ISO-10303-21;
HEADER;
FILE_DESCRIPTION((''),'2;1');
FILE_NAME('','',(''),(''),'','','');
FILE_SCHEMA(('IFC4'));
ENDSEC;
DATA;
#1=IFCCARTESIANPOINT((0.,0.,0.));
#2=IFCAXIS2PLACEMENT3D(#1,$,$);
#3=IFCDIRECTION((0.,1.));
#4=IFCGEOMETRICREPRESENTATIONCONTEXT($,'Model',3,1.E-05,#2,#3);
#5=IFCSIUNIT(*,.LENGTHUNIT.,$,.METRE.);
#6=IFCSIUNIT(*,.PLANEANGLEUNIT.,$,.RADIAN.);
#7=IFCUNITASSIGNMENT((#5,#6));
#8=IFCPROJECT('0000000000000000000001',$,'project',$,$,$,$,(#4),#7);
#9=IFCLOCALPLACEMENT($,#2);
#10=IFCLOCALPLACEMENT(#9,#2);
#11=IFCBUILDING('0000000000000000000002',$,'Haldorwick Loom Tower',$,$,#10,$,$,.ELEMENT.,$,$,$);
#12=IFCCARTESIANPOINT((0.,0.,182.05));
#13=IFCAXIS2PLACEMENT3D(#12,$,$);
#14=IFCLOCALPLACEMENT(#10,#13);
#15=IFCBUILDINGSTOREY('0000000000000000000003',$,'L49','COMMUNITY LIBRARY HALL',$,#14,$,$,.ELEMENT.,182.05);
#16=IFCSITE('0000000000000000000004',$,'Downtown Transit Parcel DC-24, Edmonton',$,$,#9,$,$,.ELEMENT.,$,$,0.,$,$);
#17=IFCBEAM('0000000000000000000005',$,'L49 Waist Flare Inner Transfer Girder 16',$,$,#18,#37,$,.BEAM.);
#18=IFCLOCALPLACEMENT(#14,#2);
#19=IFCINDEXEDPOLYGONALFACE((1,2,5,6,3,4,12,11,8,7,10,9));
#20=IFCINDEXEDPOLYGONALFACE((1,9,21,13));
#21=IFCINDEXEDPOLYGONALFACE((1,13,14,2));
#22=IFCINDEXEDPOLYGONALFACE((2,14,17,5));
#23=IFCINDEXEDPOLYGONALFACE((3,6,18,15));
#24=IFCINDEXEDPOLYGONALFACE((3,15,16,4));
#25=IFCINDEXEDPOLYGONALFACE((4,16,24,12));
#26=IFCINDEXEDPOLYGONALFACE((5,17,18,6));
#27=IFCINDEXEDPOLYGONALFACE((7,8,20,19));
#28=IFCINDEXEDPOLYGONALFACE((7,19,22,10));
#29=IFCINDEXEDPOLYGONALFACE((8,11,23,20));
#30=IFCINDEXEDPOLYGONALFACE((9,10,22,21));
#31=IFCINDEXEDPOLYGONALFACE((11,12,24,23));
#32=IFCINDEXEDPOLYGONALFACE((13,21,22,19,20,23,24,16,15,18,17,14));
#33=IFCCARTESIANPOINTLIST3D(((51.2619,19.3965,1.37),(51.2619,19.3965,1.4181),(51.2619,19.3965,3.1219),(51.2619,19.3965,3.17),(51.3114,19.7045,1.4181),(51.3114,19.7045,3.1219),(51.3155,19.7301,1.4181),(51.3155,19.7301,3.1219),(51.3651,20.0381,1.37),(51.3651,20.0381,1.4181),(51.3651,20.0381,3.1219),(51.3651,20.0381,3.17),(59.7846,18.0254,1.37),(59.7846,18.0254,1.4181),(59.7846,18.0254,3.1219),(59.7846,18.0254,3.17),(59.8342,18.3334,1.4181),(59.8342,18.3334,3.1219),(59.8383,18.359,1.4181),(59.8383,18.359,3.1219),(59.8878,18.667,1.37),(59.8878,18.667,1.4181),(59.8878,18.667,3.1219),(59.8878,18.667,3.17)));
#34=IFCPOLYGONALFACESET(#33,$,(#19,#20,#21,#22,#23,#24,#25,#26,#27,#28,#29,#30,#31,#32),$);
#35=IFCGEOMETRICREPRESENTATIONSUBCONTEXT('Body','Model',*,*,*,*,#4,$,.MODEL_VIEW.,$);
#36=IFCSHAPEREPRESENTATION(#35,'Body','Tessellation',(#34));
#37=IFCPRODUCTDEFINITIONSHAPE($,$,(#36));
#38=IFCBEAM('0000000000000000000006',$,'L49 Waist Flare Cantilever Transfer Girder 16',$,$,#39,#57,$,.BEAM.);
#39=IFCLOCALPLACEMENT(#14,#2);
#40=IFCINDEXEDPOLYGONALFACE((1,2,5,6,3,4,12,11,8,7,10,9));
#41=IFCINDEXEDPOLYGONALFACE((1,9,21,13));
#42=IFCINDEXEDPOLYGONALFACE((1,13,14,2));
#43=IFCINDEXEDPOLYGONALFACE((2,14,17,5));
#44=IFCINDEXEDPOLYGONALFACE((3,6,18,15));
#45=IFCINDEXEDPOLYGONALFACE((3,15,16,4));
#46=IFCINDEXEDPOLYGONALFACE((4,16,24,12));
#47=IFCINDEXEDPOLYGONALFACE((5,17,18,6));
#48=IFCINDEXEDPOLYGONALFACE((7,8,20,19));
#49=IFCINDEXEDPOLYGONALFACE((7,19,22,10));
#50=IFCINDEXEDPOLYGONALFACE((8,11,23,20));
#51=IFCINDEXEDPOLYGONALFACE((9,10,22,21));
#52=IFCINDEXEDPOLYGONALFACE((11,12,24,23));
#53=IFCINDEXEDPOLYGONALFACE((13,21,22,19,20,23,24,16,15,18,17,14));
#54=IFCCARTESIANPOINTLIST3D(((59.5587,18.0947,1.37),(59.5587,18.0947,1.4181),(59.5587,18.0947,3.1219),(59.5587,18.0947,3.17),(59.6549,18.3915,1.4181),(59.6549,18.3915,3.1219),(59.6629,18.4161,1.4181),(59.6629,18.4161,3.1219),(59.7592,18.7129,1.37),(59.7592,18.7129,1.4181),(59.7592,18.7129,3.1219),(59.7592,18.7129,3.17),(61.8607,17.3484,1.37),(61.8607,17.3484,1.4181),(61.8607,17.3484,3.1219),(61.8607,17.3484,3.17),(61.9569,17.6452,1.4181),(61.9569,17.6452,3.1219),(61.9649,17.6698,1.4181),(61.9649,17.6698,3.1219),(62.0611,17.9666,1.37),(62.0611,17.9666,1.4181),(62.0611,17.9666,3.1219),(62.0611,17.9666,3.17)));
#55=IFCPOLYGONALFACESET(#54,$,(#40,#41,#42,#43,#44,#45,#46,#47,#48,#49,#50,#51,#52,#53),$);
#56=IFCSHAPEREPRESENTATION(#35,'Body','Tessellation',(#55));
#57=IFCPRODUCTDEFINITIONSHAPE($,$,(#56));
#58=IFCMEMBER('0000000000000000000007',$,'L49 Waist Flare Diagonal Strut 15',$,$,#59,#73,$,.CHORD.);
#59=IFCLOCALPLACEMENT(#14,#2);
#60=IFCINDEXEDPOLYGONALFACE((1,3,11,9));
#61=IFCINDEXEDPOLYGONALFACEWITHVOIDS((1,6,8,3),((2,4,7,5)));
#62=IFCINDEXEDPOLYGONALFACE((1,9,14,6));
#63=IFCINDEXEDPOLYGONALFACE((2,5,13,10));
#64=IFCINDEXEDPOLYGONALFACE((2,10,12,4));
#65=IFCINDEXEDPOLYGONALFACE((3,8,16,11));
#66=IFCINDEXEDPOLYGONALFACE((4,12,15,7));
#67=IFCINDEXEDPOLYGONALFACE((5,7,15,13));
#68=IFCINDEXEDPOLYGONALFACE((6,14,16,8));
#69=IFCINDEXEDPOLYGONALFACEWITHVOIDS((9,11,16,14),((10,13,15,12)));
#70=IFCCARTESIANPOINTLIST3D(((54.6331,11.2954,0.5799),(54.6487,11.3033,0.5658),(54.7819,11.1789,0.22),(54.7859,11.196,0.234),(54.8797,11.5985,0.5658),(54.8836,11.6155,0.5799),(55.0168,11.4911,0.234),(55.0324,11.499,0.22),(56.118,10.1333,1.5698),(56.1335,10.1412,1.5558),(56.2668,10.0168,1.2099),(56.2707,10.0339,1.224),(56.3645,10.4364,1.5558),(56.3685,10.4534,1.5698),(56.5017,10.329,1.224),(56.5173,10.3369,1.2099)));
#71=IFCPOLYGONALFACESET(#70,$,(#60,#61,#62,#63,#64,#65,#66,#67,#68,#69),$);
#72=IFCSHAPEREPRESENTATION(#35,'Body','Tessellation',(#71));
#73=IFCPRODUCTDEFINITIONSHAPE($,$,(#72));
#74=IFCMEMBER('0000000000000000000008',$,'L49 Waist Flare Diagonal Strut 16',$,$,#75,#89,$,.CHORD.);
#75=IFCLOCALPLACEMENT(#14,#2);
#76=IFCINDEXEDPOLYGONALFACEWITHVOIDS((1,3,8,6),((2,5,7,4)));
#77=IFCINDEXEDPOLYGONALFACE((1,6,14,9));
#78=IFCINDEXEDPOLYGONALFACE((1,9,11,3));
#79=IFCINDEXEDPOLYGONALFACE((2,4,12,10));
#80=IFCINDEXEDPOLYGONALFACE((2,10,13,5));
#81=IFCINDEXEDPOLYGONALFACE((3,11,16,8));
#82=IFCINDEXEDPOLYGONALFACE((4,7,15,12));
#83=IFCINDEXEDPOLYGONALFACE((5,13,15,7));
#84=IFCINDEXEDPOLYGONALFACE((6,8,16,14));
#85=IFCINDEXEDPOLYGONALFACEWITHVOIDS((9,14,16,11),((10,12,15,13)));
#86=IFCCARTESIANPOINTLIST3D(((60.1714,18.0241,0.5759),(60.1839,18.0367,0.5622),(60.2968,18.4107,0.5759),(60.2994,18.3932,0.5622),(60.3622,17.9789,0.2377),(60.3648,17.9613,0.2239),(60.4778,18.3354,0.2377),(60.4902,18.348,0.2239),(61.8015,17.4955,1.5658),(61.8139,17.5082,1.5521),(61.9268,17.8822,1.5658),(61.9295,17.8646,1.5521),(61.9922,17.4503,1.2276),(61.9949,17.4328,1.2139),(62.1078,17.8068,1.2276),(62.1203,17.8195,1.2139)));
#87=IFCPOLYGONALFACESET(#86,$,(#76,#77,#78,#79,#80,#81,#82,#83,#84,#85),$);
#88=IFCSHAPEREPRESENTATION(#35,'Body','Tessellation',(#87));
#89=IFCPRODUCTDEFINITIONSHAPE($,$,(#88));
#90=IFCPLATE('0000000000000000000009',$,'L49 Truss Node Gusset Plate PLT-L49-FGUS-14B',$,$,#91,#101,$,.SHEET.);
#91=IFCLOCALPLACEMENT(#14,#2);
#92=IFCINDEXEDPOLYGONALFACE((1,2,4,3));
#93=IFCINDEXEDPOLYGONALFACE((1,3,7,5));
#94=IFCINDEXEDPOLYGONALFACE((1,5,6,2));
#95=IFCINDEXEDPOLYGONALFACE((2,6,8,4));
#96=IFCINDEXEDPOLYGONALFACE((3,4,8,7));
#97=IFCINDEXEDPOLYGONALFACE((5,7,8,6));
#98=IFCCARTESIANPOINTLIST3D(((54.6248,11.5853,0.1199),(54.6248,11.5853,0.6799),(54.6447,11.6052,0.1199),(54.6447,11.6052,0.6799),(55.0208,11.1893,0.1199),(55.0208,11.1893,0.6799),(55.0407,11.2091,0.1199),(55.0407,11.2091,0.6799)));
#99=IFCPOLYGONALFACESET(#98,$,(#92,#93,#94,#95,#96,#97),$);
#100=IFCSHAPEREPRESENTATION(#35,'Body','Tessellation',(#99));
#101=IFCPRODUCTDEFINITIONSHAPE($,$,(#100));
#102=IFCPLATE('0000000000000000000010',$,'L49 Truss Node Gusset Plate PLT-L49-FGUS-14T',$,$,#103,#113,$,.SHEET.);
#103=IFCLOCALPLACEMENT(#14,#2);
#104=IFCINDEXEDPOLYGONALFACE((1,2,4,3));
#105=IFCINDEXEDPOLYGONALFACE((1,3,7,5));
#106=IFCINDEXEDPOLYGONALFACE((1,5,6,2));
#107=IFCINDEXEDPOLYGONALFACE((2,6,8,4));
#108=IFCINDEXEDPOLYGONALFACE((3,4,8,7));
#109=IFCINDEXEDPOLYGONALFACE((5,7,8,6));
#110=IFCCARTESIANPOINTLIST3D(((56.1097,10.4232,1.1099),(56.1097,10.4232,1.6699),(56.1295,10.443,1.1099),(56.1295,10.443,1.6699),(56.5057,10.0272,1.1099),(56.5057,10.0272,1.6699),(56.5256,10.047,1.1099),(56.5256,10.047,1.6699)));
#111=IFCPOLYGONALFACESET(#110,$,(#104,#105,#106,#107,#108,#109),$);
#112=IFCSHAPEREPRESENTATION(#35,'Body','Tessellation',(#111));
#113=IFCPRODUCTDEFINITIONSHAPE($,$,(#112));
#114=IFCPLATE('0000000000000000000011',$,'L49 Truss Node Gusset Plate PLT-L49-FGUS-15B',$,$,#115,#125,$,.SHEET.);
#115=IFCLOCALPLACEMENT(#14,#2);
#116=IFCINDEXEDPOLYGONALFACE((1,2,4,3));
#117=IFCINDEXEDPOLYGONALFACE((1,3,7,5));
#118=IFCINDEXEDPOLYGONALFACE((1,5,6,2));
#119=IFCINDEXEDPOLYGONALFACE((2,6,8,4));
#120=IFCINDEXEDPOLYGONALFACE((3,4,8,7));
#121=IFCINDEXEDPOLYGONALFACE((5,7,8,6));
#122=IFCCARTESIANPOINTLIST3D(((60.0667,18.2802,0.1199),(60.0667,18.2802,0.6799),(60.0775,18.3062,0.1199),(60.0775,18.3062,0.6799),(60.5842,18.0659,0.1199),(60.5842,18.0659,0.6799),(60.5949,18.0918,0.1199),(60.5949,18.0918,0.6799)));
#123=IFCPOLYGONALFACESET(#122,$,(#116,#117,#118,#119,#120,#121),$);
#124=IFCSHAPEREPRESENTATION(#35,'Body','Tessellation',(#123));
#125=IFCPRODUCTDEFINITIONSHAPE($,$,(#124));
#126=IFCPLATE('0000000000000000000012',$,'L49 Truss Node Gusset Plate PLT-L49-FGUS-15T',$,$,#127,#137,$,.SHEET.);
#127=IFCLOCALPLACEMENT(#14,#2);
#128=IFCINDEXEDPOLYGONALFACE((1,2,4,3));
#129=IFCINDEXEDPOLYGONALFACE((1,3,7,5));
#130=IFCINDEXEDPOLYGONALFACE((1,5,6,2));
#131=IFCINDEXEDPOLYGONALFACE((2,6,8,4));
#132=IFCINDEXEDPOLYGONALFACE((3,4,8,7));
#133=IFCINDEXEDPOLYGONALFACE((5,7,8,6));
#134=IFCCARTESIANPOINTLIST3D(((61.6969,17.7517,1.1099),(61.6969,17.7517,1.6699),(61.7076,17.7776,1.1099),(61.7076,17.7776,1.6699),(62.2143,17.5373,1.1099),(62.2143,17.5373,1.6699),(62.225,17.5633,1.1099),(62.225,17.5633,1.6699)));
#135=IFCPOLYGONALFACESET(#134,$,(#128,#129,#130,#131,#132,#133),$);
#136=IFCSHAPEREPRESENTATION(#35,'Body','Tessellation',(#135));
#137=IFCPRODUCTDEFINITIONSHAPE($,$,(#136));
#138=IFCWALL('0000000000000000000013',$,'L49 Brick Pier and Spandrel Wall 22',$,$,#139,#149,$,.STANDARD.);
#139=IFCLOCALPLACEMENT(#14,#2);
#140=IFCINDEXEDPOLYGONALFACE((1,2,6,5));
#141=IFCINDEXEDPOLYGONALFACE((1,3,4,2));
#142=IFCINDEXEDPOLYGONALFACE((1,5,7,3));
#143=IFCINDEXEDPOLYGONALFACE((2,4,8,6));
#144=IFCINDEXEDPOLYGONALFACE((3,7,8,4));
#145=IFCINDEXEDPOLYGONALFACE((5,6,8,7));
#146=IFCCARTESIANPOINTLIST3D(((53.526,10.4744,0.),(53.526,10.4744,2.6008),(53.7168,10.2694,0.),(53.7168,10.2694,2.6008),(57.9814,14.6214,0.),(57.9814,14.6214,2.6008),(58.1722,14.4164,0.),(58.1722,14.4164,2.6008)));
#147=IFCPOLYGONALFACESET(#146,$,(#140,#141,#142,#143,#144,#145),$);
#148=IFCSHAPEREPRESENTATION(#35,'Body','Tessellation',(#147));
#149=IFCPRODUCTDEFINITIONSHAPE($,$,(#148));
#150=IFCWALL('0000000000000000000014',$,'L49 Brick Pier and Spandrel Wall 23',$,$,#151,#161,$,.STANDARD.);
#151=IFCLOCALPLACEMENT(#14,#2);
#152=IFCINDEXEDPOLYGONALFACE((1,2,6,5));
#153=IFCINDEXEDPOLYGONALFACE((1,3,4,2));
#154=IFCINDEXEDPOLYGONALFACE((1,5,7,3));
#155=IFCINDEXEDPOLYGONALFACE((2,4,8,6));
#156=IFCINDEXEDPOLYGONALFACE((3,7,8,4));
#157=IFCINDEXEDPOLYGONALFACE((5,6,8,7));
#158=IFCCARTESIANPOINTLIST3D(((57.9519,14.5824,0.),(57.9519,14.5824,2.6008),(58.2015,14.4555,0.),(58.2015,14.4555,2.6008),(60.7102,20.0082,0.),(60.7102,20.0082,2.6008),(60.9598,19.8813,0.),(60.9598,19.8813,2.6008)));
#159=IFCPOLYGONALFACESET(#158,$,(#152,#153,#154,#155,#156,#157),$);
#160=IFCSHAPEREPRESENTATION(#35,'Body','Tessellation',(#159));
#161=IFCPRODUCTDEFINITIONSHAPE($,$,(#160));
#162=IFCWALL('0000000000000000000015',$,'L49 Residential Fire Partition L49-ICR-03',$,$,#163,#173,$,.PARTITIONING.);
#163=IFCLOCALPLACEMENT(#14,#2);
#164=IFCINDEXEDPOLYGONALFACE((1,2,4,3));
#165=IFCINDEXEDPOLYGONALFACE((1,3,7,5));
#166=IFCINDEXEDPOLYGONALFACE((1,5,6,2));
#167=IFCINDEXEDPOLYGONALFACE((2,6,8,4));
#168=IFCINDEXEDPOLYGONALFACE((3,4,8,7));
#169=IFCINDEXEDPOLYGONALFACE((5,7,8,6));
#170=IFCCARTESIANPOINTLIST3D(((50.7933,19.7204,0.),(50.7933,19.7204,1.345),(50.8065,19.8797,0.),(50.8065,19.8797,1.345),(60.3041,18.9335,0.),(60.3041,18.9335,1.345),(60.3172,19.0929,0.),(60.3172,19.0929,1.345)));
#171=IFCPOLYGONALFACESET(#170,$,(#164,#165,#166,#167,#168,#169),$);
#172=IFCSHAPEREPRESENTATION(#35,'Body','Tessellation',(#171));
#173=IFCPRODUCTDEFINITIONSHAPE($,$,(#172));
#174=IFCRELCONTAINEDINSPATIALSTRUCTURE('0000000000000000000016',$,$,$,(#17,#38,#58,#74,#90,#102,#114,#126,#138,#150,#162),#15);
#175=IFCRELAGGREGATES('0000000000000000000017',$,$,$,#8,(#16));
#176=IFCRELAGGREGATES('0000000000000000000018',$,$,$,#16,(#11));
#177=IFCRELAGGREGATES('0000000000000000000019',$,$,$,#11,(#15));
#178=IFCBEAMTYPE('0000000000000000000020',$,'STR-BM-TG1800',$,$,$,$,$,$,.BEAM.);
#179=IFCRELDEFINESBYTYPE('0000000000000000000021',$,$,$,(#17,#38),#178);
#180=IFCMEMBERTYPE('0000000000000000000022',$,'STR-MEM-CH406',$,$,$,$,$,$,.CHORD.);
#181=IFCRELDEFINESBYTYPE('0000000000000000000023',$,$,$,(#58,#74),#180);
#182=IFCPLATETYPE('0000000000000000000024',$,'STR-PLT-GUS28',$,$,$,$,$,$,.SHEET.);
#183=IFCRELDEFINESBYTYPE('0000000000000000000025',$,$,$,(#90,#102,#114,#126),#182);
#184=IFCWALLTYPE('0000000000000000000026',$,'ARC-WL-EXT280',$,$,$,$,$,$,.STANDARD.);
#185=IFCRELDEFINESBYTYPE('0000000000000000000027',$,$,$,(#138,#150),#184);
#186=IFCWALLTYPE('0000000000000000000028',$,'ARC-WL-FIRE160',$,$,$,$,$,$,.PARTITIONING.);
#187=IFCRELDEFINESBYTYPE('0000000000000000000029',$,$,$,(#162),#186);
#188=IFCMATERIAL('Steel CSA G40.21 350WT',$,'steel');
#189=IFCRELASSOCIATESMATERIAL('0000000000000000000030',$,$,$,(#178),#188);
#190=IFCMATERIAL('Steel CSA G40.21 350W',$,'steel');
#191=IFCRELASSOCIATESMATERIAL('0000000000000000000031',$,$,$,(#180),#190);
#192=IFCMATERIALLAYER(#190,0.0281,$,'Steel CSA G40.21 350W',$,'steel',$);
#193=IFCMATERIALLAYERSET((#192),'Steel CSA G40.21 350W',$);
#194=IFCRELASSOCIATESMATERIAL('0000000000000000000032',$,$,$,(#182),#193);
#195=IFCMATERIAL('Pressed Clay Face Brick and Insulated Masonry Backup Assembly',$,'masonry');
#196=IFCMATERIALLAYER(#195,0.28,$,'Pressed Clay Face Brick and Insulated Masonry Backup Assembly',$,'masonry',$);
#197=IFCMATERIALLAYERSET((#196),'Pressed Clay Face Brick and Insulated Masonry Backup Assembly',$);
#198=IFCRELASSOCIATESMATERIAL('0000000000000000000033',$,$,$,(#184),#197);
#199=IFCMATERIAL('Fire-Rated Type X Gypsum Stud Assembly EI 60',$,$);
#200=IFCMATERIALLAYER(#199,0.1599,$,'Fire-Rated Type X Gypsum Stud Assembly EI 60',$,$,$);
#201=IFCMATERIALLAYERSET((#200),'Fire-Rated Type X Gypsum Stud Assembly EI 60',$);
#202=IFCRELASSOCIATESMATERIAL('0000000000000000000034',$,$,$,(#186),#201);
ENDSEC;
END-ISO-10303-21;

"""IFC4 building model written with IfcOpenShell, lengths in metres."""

from ifc_helpers import new_model, si_unit, direction, frame, frame_2d, origin, origin_2d, place, context, subcontext, project, spatial, rectangle, hollow_rectangle, i_section, extrude, material, layer, layer_set, material_profile, profile_set, type_object, element, save


model = new_model("IFC4")

# Units and contexts
model_context = context("Model", 3, precision=1e-05, world=origin(), true_north=direction((0.0, 1.0)))
body_context = subcontext(model_context, "Body", "Model", "MODEL_VIEW")
ifc_project = project(units=[si_unit("LENGTHUNIT", "METRE"), si_unit("PLANEANGLEUNIT", "RADIAN")], contexts=[model_context])

# Site, building, storey
site_placement = place(None, origin())
site = spatial("IfcSite", under=ifc_project, at=site_placement, Name="Downtown Transit Parcel DC-24, Edmonton", CompositionType="ELEMENT", RefElevation=0.0)
building_placement = place(site_placement, origin())
building = spatial("IfcBuilding", under=site, at=building_placement, Name="Haldorwick Loom Tower", CompositionType="ELEMENT")
storey_placement = place(building_placement, frame((0.0, 0.0, 182.05)))
storey = spatial("IfcBuildingStorey", under=building, at=storey_placement, Name="L49", Description="COMMUNITY LIBRARY HALL", CompositionType="ELEMENT", Elevation=182.05)

# Shared definitions
ifc_material_1 = material(Name="Steel CSA G40.21 350WT", Category="steel")

# Beams
ifc_material_2 = material(Name="Steel CSA G40.21 350W", Category="steel")
ifc_material_profile_1 = material_profile(ifc_material_1, i_section(OverallWidth=0.6499, OverallDepth=1.8, WebThickness=0.0259, FlangeThickness=0.0481, at=origin_2d()), Name="WWF1800X650", Category="steel")
ifc_profile_set_1 = profile_set([ifc_material_profile_1], Name="Steel CSA G40.21 350WT")
beam_type_1 = type_object("IfcBeamType", Name="STR-BM-TG1800", PredefinedType="BEAM", material=ifc_profile_set_1)
beam_1_placement = place(storey_placement, frame((51.3135, 19.7173, 2.27), z_axis=(0.987305, -0.158833, 0.0), x_axis=(0.158833, 0.987305, 0.0)))
element("IfcBeam", 1, at=beam_1_placement, inside=storey, type_object=beam_type_1, Name="L49 Waist Flare Inner Transfer Girder 16", PredefinedType="BEAM", context=body_context, shape_type="SweptSolid", body=[
    extrude(i_section(OverallWidth=0.6499, OverallDepth=1.8, WebThickness=0.0259, FlangeThickness=0.0481, at=origin_2d()), origin(), (0.0, 0.0, 1.0), 8.6323),
])
beam_2_placement = place(storey_placement, frame((59.6589, 18.4038, 2.27), z_axis=(0.951254, -0.308408, 0.0), x_axis=(0.308408, 0.951254, 0.0)))
element("IfcBeam", 2, at=beam_2_placement, inside=storey, type_object=beam_type_1, Name="L49 Waist Flare Cantilever Transfer Girder 16", PredefinedType="BEAM", context=body_context, shape_type="SweptSolid", body=[
    extrude(i_section(OverallWidth=0.6499, OverallDepth=1.8, WebThickness=0.0259, FlangeThickness=0.0481, at=origin_2d()), origin(), (0.0, 0.0, 1.0), 2.4199),
])

# Members
ifc_material_profile_2 = material_profile(ifc_material_2, hollow_rectangle(XDim=0.4065, YDim=0.4065, WallThickness=0.0159, at=origin_2d()), Name="HSS406X406X16", Category="steel")
ifc_profile_set_2 = profile_set([ifc_material_profile_2], Name="Steel CSA G40.21 350W")
member_type = type_object("IfcMemberType", Name="STR-MEM-CH406", PredefinedType="CHORD", material=ifc_profile_set_2)
member_1_placement = place(storey_placement, frame((54.8328, 11.3972, 0.3999), z_axis=(0.697234, -0.545682, 0.464861), x_axis=(0.616322, 0.787494, 0.0)))
element("IfcMember", 3, at=member_1_placement, inside=storey, type_object=member_type, Name="L49 Waist Flare Diagonal Strut 15", PredefinedType="CHORD", context=body_context, shape_type="SweptSolid", body=[
    extrude(hollow_rectangle(XDim=0.4065, YDim=0.4065, WallThickness=0.0159, at=origin_2d()), origin(), (0.0, 0.0, 1.0), 2.1296),
])
member_2_placement = place(storey_placement, frame((60.3308, 18.186, 0.3999), z_axis=(0.823677, -0.267075, 0.500226), x_axis=(0.308439, 0.951244, 0.0)))
element("IfcMember", 4, at=member_2_placement, inside=storey, type_object=member_type, Name="L49 Waist Flare Diagonal Strut 16", PredefinedType="CHORD", context=body_context, shape_type="SweptSolid", body=[
    extrude(hollow_rectangle(XDim=0.4065, YDim=0.4065, WallThickness=0.0159, at=origin_2d()), origin(), (0.0, 0.0, 1.0), 1.979),
])

# Plates
ifc_layer_1 = layer(ifc_material_2, 0.0281, Name="Steel CSA G40.21 350W", Category="steel")
ifc_layer_set_1 = layer_set([ifc_layer_1], Name="Steel CSA G40.21 350W")
plate_type = type_object("IfcPlateType", Name="STR-PLT-GUS28", PredefinedType="SHEET", material=ifc_layer_set_1)
for number, where, z_axis, x_axis, name in (
    (5, (54.8328, 11.3972, 0.1199), (0.0, 0.0, 1.0), (0.707107, -0.707107, 0.0), "L49 Truss Node Gusset Plate PLT-L49-FGUS-14B"),
    (6, (56.3176, 10.2351, 1.1099), (0.0, 0.0, 1.0), (0.707107, -0.707107, 0.0), "L49 Truss Node Gusset Plate PLT-L49-FGUS-14T"),
    (7, (60.3308, 18.186, 0.1199), (0.0, 0.0, 1.0), (0.92388, -0.382683, 0.0), "L49 Truss Node Gusset Plate PLT-L49-FGUS-15B"),
    (8, (61.9609, 17.6575, 1.1099), (0.0, 0.0, 1.0), (0.92388, -0.382683, 0.0), "L49 Truss Node Gusset Plate PLT-L49-FGUS-15T"),
):
    element("IfcPlate", number, at=place(storey_placement, frame(where, z_axis=z_axis, x_axis=x_axis)), inside=storey, type_object=plate_type, Name=name, PredefinedType="SHEET", context=body_context, shape_type="SweptSolid", body=[
        extrude(rectangle(XDim=0.5601, YDim=0.0281, at=origin_2d()), origin(), (0.0, 0.0, 1.0), 0.5601),
    ])

# Walls
ifc_material_3 = material(Name="Pressed Clay Face Brick and Insulated Masonry Backup Assembly", Category="masonry")
ifc_layer_2 = layer(ifc_material_3, 0.28, Name="Pressed Clay Face Brick and Insulated Masonry Backup Assembly", Category="masonry")
ifc_layer_set_2 = layer_set([ifc_layer_2], Name="Pressed Clay Face Brick and Insulated Masonry Backup Assembly")
wall_type_1 = type_object("IfcWallType", Name="ARC-WL-EXT280", PredefinedType="STANDARD", material=ifc_layer_set_2)
for number, where, z_axis, x_axis, name in (
    (9, (53.6213, 10.3718, 0.0), (0.0, 0.0, 1.0), (0.731983, 0.681323, 0.0), "L49 Brick Pier and Spandrel Wall 22"),
    (10, (58.0767, 14.5188, 0.0), (0.0, 0.0, 1.0), (0.453172, 0.891423, 0.0), "L49 Brick Pier and Spandrel Wall 23"),
):
    element("IfcWall", number, at=place(storey_placement, frame(where, z_axis=z_axis, x_axis=x_axis)), inside=storey, type_object=wall_type_1, Name=name, PredefinedType="STANDARD", context=body_context, shape_type="SweptSolid", body=[
        extrude(rectangle(XDim=6.0867, YDim=0.28, at=frame_2d((3.0435, 0.0))), origin(), (0.0, 0.0, 1.0), 2.6008),
    ])
ifc_material_4 = material(Name="Fire-Rated Type X Gypsum Stud Assembly EI 60")
ifc_layer_3 = layer(ifc_material_4, 0.1599, Name="Fire-Rated Type X Gypsum Stud Assembly EI 60")
ifc_layer_set_3 = layer_set([ifc_layer_3], Name="Fire-Rated Type X Gypsum Stud Assembly EI 60")
wall_type_2 = type_object("IfcWallType", Name="ARC-WL-FIRE160", PredefinedType="PARTITIONING", material=ifc_layer_set_3)
wall_placement = place(storey_placement, frame((50.8, 19.8, 0.0), z_axis=(0.0, 0.0, 1.0), x_axis=(0.996595, -0.082453, 0.0)))
element("IfcWall", 11, at=wall_placement, inside=storey, type_object=wall_type_2, Name="L49 Residential Fire Partition L49-ICR-03", PredefinedType="PARTITIONING", context=body_context, shape_type="SweptSolid", body=[
    extrude(rectangle(XDim=9.5432, YDim=0.1599, at=frame_2d((4.7715, 0.0))), origin(), (0.0, 0.0, 1.0), 1.345),
])

save(model, "model.ifc")
